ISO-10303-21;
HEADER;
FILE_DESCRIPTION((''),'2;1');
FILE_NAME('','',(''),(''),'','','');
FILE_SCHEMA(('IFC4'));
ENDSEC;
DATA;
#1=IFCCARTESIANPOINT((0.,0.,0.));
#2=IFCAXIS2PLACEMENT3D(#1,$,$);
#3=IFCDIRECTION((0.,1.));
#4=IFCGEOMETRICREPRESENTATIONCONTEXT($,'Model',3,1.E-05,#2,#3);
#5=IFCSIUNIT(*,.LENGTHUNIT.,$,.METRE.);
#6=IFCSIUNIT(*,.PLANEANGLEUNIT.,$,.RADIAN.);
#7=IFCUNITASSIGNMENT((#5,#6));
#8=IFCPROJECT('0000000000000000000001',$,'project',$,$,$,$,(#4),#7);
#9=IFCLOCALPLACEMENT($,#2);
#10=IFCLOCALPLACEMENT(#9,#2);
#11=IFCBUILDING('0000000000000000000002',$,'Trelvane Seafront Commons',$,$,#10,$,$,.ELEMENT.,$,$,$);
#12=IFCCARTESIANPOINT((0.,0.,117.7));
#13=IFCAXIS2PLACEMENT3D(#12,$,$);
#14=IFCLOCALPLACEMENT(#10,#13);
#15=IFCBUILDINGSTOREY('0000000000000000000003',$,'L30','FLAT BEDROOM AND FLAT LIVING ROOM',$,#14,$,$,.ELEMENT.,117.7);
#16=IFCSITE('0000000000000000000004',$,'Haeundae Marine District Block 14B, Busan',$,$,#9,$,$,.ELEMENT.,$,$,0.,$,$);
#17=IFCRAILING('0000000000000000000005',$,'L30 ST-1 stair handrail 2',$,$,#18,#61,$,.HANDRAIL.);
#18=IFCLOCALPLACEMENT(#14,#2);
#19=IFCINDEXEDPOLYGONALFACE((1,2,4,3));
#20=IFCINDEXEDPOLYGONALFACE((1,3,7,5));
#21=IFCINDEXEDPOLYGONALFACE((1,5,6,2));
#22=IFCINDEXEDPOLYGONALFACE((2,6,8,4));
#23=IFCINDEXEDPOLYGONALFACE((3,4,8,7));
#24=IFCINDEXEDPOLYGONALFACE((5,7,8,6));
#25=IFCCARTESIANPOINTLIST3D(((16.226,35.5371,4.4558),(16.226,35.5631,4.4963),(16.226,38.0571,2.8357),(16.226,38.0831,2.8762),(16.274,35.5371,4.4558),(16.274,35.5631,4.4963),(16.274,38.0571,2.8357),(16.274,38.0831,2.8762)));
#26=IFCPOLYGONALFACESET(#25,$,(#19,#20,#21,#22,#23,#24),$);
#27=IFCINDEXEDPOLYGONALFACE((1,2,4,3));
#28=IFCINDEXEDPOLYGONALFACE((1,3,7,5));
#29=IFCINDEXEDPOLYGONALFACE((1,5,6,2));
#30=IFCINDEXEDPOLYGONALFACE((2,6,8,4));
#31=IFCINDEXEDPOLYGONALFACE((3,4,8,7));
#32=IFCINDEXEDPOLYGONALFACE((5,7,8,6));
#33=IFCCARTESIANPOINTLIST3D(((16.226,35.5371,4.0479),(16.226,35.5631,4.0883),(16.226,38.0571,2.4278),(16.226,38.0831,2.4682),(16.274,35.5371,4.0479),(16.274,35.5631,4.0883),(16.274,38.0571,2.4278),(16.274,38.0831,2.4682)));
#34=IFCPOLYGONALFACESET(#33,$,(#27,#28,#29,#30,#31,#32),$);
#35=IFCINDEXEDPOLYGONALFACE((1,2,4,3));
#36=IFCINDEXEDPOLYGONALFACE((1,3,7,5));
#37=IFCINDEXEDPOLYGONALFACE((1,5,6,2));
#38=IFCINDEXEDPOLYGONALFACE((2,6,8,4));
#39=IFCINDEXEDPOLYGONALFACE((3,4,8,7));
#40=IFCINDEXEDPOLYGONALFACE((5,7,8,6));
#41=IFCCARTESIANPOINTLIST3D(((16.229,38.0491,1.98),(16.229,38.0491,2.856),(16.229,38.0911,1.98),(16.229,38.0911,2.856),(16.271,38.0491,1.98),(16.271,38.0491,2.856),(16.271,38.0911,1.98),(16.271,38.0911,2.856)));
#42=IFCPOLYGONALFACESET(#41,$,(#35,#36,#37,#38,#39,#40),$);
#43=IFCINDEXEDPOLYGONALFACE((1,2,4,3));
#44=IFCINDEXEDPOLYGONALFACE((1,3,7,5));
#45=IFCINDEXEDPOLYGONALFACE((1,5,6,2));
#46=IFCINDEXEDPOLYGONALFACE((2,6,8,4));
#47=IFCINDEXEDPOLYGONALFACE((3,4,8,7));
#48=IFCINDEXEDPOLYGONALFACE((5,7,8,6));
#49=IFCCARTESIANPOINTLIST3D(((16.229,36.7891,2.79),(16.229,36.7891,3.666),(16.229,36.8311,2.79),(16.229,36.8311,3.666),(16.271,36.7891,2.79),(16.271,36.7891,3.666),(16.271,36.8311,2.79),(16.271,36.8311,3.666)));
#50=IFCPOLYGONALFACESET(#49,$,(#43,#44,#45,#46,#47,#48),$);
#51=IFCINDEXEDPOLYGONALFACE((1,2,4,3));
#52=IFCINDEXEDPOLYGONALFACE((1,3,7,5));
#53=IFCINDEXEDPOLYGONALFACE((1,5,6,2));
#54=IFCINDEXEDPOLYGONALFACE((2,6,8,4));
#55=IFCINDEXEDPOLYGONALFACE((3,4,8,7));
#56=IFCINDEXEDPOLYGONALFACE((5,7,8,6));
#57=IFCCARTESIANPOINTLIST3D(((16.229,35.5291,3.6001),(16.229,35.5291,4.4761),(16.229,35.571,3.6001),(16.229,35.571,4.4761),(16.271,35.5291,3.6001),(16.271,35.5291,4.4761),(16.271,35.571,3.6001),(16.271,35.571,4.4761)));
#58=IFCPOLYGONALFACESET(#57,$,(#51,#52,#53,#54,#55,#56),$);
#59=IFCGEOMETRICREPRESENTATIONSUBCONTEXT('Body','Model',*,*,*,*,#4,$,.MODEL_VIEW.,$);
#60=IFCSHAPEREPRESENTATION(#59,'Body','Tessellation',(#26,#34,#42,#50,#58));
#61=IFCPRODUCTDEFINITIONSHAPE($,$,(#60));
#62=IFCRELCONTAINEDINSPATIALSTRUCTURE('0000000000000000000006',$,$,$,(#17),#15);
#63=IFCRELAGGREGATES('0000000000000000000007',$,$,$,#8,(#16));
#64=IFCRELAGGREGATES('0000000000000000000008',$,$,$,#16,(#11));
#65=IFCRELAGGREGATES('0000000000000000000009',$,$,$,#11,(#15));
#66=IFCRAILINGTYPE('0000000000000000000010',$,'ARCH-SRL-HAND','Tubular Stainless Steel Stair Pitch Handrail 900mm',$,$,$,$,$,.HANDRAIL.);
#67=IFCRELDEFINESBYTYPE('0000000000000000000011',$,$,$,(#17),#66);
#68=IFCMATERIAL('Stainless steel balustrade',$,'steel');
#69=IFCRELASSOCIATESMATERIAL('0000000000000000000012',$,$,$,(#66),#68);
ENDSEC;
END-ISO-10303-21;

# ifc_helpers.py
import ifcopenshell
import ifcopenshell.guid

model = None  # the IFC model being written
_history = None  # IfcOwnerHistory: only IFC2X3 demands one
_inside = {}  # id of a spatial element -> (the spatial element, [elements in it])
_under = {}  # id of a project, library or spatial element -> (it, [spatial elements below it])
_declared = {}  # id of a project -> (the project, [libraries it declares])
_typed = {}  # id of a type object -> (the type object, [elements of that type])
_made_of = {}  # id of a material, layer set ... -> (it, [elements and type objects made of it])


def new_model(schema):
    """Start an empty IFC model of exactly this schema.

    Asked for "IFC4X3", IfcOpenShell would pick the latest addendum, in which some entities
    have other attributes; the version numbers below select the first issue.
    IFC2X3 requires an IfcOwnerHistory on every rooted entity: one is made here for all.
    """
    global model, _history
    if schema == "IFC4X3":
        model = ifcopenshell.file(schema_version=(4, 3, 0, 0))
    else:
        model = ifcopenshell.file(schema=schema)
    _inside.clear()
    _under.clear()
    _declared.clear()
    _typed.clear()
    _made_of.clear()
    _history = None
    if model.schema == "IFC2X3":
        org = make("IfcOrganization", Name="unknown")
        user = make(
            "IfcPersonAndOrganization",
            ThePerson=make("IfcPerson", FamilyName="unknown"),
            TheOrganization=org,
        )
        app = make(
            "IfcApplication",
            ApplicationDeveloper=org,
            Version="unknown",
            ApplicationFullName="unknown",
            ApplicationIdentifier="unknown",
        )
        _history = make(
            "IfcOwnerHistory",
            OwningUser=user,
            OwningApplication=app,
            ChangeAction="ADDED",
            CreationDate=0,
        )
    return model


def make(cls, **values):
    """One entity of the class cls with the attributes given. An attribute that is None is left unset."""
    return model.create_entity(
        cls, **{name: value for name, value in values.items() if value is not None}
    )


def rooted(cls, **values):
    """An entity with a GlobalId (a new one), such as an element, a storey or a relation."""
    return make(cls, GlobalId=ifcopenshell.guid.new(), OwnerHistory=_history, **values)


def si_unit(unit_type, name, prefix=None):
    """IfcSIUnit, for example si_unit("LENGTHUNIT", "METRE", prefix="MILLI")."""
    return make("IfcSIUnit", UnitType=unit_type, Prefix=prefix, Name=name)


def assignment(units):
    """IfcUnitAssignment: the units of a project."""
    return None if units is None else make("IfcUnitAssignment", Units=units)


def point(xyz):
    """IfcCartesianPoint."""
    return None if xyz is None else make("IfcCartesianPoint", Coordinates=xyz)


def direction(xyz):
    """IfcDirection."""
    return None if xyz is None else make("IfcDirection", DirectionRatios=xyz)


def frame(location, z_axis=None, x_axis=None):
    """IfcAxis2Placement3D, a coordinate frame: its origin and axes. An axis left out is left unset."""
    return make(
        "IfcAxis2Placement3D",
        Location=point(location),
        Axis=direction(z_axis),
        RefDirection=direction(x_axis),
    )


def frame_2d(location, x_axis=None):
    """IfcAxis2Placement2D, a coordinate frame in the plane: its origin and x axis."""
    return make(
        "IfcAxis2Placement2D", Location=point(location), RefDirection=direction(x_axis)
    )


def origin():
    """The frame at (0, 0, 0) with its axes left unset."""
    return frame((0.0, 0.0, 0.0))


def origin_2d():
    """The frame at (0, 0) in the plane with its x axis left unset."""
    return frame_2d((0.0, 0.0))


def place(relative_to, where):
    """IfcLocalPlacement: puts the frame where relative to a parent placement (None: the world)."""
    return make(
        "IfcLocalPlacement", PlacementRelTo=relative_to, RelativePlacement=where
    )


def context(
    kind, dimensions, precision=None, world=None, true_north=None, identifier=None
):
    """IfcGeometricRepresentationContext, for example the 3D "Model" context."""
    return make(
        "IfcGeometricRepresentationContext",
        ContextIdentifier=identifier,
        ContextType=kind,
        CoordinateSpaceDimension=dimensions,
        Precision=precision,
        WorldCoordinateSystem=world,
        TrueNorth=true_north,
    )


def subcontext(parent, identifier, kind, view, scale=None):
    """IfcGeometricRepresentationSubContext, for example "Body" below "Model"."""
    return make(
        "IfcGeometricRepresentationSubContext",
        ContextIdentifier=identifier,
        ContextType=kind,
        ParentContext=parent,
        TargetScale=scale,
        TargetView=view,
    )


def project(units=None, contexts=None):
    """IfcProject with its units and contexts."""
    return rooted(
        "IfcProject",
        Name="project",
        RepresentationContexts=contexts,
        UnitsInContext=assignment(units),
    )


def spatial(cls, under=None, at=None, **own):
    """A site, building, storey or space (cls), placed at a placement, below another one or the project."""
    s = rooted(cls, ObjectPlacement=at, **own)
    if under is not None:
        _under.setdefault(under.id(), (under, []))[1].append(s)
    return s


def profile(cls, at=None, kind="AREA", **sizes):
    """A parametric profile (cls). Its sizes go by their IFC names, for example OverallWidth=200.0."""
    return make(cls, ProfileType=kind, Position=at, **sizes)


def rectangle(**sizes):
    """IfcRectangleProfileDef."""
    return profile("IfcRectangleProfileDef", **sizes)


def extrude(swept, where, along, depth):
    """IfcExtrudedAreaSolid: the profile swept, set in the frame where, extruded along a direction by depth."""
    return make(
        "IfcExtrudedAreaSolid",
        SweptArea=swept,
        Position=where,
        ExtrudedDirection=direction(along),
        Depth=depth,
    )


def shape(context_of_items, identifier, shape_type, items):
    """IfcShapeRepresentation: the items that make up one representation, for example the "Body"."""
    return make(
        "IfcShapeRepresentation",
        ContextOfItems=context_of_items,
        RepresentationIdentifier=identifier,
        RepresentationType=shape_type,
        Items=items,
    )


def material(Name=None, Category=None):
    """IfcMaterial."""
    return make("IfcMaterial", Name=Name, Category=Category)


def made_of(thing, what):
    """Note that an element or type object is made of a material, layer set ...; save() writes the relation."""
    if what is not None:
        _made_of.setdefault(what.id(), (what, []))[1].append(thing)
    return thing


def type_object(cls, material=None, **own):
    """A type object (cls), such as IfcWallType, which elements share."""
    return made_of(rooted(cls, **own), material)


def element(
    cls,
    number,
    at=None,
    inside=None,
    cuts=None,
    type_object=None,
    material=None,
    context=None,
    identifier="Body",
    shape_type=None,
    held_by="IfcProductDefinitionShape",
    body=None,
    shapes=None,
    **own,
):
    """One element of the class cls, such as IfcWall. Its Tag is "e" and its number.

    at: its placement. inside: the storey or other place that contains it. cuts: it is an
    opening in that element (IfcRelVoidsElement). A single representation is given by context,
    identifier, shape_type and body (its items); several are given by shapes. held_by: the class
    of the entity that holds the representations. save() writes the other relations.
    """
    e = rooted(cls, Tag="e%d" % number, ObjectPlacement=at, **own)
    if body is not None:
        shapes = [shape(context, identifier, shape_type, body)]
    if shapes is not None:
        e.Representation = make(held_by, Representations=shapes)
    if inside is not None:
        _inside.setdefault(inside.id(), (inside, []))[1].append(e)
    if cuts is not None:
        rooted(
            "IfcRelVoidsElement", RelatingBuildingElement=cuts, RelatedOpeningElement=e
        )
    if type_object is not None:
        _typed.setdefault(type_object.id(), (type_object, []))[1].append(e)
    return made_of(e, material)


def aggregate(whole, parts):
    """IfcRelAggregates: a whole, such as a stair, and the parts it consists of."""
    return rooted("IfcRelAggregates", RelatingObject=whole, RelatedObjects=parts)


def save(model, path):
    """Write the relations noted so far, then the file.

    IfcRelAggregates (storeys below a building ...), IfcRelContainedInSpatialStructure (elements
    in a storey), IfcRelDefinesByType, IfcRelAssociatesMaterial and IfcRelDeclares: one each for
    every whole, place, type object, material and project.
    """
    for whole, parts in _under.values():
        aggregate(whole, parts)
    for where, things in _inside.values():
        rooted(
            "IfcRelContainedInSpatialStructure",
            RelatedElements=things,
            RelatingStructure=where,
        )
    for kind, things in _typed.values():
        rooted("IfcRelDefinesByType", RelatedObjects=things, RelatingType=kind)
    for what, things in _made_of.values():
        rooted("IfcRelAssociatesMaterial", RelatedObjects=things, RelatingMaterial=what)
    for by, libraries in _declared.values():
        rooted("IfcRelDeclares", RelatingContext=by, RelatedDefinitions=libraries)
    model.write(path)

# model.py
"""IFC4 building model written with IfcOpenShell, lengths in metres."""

from ifc_helpers import new_model, si_unit, direction, frame, origin, origin_2d, place, context, subcontext, project, spatial, rectangle, extrude, material, type_object, element, save


model = new_model("IFC4")

# Units and contexts
model_context = context("Model", 3, precision=1e-05, world=origin(), true_north=direction((0.0, 1.0)))
body_context = subcontext(model_context, "Body", "Model", "MODEL_VIEW")
ifc_project = project(units=[si_unit("LENGTHUNIT", "METRE"), si_unit("PLANEANGLEUNIT", "RADIAN")], contexts=[model_context])

# Site, building, storey
site_placement = place(None, origin())
site = spatial("IfcSite", under=ifc_project, at=site_placement, Name="Haeundae Marine District Block 14B, Busan", CompositionType="ELEMENT", RefElevation=0.0)
building_placement = place(site_placement, origin())
building = spatial("IfcBuilding", under=site, at=building_placement, Name="Trelvane Seafront Commons", CompositionType="ELEMENT")
storey_placement = place(building_placement, frame((0.0, 0.0, 117.7)))
storey = spatial("IfcBuildingStorey", under=building, at=storey_placement, Name="L30", Description="FLAT BEDROOM AND FLAT LIVING ROOM", CompositionType="ELEMENT", Elevation=117.7)

# Shared definitions
ifc_material_1 = material(Name="Stainless steel balustrade", Category="steel")

# Railing
railing_type_1 = type_object("IfcRailingType", Name="ARCH-SRL-HAND", Description="Tubular Stainless Steel Stair Pitch Handrail 900mm", PredefinedType="HANDRAIL", material=ifc_material_1)
railing_1_placement = place(storey_placement, frame((16.25, 38.0701, 1.98)))
element("IfcRailing", 1, at=railing_1_placement, inside=storey, type_object=railing_type_1, Name="L30 ST-1 stair handrail 2", PredefinedType="HANDRAIL", context=body_context, shape_type="SweptSolid", body=[
    extrude(rectangle(XDim=0.0481, YDim=0.0481, at=origin_2d()), frame((0.0, 0.0, 0.876), z_axis=(0.0, -0.841163, 0.540782), x_axis=(1.0, 0.0, 0.0)), (0.0, 0.0, 1.0), 2.9958),
    extrude(rectangle(XDim=0.0481, YDim=0.0481, at=origin_2d()), frame((0.0, 0.0, 0.468), z_axis=(0.0, -0.841163, 0.540782), x_axis=(1.0, 0.0, 0.0)), (0.0, 0.0, 1.0), 2.9958),
    extrude(rectangle(XDim=0.042, YDim=0.042, at=origin_2d()), origin(), (0.0, 0.0, 1.0), 0.876),
    extrude(rectangle(XDim=0.042, YDim=0.042, at=origin_2d()), frame((0.0, -1.26, 0.8101)), (0.0, 0.0, 1.0), 0.876),
    extrude(rectangle(XDim=0.042, YDim=0.042, at=origin_2d()), frame((0.0, -2.52, 1.6201)), (0.0, 0.0, 1.0), 0.876),
])

save(model, "model.ifc")
